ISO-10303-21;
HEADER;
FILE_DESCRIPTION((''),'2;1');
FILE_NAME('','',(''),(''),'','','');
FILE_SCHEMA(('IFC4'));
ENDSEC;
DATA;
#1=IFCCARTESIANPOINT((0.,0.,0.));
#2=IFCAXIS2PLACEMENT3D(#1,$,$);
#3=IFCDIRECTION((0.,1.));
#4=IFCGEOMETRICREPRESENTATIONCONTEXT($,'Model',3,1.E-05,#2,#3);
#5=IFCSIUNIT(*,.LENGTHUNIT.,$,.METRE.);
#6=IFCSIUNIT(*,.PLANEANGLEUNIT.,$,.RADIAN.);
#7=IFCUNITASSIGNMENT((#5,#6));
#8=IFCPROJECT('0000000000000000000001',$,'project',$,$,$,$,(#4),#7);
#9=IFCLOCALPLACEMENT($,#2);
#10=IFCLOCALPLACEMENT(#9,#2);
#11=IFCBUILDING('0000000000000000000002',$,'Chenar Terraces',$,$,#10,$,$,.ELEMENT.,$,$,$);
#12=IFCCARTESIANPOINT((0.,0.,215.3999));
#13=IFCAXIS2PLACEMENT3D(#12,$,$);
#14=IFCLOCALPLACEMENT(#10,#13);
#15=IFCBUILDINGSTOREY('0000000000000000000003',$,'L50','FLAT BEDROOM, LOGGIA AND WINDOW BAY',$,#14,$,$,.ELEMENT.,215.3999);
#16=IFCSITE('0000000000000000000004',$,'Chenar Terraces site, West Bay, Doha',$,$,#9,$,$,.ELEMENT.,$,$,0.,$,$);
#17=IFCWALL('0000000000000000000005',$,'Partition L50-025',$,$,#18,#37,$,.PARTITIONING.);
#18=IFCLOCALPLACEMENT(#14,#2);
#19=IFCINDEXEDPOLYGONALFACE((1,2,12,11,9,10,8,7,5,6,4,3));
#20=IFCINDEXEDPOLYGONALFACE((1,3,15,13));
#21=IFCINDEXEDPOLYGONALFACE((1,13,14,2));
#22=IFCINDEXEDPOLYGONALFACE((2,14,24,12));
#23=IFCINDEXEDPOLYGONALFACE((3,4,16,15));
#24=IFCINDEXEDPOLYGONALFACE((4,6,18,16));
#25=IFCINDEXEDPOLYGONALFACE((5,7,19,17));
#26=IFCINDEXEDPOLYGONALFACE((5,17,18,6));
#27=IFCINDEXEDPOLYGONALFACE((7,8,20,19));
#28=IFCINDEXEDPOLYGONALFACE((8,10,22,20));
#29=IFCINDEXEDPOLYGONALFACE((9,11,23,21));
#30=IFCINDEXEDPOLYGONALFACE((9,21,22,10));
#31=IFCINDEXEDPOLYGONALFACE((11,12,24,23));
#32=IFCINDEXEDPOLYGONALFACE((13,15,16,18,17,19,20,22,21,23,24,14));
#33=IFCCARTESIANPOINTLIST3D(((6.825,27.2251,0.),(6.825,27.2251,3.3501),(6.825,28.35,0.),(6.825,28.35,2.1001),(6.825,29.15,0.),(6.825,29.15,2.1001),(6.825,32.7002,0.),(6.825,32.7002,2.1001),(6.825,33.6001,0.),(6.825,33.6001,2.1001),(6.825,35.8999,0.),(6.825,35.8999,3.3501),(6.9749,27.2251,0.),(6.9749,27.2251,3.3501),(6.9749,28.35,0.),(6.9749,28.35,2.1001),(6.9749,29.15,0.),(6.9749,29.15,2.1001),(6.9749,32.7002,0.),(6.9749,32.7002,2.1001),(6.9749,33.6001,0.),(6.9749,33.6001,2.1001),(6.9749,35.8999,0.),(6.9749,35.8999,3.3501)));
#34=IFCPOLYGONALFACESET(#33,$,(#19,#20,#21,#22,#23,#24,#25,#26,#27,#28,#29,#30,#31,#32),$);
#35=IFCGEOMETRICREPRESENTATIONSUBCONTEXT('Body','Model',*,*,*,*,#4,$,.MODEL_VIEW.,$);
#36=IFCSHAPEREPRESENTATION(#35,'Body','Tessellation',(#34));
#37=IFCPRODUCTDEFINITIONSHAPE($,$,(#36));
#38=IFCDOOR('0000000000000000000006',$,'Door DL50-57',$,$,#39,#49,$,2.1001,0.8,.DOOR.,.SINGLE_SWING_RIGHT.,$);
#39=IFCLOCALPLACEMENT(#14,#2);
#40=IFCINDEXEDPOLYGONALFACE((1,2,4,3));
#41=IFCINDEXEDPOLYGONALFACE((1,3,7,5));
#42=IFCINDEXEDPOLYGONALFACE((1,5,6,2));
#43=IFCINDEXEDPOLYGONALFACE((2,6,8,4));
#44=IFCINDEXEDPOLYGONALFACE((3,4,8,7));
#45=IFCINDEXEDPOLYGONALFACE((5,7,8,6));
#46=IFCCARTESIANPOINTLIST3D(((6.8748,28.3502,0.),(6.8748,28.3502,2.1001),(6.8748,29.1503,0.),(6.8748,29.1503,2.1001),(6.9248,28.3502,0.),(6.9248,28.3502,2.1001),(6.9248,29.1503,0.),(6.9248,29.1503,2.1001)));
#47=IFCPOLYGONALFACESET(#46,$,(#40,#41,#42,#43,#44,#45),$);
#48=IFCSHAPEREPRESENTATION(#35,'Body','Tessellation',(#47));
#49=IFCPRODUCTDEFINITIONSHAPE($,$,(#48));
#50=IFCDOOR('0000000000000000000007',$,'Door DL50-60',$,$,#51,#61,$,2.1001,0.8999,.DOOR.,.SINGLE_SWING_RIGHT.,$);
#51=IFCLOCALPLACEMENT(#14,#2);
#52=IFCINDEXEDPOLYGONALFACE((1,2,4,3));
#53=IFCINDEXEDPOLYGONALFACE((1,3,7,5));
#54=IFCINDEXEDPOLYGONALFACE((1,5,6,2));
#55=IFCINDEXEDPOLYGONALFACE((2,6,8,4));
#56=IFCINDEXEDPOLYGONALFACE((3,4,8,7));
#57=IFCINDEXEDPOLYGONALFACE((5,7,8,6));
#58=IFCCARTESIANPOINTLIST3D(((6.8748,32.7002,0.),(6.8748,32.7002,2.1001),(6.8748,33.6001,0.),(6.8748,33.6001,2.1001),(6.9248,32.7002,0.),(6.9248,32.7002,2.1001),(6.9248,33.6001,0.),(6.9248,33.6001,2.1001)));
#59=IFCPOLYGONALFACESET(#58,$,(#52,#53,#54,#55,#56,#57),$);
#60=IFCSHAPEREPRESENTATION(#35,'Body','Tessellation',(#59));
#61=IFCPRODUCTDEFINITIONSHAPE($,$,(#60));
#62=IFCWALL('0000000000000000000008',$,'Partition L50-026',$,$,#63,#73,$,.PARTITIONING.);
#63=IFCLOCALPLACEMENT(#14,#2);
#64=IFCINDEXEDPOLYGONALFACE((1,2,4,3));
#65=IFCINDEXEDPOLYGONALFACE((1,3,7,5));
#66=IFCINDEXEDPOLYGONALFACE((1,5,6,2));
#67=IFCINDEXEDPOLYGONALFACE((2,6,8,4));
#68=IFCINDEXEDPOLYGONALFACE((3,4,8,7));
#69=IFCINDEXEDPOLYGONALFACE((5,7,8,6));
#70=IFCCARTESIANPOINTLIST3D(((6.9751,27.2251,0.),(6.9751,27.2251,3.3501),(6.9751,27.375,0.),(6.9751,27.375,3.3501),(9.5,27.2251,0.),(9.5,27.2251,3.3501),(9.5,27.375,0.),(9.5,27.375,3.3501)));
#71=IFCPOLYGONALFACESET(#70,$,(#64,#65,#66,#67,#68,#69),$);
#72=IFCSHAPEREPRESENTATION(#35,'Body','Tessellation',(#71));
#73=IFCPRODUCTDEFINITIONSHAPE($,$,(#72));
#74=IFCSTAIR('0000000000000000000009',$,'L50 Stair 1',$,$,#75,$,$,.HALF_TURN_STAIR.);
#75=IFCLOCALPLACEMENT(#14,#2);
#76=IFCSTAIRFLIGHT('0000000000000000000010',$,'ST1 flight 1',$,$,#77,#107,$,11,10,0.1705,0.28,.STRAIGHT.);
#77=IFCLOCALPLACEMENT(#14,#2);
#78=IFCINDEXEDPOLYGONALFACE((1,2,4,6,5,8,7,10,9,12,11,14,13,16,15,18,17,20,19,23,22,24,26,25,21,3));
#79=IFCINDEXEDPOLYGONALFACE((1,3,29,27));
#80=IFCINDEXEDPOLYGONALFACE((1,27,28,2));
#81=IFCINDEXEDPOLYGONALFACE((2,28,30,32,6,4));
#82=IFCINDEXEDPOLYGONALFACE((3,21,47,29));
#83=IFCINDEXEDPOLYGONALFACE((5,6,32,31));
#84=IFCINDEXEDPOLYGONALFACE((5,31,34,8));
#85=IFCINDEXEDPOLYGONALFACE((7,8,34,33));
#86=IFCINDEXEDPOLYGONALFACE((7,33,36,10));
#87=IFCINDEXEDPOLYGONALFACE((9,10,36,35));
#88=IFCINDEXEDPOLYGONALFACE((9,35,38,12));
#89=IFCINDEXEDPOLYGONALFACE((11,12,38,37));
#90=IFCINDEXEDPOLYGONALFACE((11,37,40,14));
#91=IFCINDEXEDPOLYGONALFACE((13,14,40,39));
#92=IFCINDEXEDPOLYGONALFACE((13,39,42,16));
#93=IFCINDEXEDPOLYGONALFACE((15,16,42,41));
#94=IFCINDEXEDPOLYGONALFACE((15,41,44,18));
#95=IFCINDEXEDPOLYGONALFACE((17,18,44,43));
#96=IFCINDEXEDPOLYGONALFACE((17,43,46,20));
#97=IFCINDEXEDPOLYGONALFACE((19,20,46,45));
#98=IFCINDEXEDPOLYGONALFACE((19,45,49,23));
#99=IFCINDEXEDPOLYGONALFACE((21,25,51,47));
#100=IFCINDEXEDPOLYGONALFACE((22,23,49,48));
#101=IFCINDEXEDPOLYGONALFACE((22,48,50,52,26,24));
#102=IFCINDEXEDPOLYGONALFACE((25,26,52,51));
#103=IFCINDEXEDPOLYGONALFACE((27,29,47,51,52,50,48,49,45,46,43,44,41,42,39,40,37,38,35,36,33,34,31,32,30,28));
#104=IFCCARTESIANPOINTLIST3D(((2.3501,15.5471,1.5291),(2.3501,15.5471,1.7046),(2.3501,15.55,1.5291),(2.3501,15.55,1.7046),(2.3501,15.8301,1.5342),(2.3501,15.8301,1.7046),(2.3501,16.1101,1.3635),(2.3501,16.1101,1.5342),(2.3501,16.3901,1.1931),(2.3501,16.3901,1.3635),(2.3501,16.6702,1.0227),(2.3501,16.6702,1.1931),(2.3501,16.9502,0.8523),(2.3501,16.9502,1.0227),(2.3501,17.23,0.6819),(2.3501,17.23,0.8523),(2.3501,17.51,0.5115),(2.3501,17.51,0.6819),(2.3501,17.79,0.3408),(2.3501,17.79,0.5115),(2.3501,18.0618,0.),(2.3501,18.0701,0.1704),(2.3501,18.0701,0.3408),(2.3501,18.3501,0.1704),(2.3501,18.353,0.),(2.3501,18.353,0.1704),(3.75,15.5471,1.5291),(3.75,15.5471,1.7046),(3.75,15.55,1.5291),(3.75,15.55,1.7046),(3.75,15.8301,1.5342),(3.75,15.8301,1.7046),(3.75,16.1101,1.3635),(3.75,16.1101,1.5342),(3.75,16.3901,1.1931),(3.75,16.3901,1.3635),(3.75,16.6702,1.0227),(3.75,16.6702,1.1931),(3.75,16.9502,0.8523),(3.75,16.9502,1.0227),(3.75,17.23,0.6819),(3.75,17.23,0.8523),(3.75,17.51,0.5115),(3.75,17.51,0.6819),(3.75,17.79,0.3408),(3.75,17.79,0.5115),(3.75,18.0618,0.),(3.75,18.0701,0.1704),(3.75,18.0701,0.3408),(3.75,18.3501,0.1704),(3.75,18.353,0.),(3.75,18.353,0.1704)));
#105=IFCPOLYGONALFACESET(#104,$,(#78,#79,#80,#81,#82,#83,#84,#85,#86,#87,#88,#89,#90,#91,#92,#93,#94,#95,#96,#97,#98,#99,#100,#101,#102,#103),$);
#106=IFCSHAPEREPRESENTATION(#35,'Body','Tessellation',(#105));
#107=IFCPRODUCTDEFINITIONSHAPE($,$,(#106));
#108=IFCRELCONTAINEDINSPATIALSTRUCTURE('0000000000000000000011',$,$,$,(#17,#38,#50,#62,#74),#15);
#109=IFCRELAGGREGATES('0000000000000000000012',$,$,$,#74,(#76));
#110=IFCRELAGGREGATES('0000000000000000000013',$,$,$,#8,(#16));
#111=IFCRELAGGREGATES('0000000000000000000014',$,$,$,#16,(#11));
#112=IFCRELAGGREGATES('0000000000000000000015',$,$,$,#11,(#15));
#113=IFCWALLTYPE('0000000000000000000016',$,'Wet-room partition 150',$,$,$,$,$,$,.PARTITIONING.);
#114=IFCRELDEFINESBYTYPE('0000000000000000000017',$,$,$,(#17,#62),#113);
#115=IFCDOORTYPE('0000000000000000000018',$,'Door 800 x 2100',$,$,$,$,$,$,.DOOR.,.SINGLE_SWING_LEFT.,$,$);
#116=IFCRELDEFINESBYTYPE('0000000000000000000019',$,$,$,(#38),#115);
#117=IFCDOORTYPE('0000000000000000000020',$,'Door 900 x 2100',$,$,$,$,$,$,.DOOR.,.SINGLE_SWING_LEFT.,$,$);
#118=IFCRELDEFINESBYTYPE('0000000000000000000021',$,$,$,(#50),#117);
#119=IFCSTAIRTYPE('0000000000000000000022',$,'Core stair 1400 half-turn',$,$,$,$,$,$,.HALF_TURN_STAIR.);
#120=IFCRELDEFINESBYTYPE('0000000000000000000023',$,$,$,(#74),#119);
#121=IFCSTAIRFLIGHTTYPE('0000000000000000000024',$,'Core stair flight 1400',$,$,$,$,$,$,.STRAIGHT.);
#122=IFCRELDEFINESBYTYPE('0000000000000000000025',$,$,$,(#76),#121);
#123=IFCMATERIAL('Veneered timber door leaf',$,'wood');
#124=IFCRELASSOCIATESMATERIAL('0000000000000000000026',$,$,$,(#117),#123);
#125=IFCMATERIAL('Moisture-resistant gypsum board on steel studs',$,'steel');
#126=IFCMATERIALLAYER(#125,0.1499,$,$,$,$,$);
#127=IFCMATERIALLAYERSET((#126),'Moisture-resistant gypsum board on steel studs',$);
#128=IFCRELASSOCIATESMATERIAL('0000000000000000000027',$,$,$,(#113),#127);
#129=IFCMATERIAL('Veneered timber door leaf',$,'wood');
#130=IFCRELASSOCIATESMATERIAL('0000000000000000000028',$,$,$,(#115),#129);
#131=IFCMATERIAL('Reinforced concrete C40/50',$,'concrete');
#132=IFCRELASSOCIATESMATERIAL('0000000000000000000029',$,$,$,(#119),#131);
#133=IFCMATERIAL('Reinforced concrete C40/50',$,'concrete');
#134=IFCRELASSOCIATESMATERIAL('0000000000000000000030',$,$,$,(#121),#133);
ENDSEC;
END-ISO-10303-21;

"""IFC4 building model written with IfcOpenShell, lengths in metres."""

from ifc_helpers import new_model, si_unit, direction, frame, frame_2d, origin, place, context, subcontext, project, spatial, polyline, rectangle, outline, extrude, material, layer, layer_set, type_object, element, fill, aggregate, save


model = new_model("IFC4")

# Units and contexts
model_context = context("Model", 3, precision=1e-05, world=origin(), true_north=direction((0.0, 1.0)))
body_context = subcontext(model_context, "Body", "Model", "MODEL_VIEW")
ifc_project = project(units=[si_unit("LENGTHUNIT", "METRE"), si_unit("PLANEANGLEUNIT", "RADIAN")], contexts=[model_context])

# Site, building, storey
site_placement = place(None, origin())
site = spatial("IfcSite", under=ifc_project, at=site_placement, Name="Chenar Terraces site, West Bay, Doha", CompositionType="ELEMENT", RefElevation=0.0)
building_placement = place(site_placement, origin())
building = spatial("IfcBuilding", under=site, at=building_placement, Name="Chenar Terraces", CompositionType="ELEMENT")
storey_placement = place(building_placement, frame((0.0, 0.0, 215.3999)))
storey = spatial("IfcBuildingStorey", under=building, at=storey_placement, Name="L50", Description="FLAT BEDROOM, LOGGIA AND WINDOW BAY", CompositionType="ELEMENT", Elevation=215.3999)

# Shared definitions
ifc_material_1 = material(Name="Veneered timber door leaf", Category="wood")
door_type_1 = type_object("IfcDoorType", Name="Door 900 x 2100", OperationType="SINGLE_SWING_LEFT", PredefinedType="DOOR", material=ifc_material_1)

# Wall, openings, doors
ifc_material_2 = material(Name="Moisture-resistant gypsum board on steel studs", Category="steel")
ifc_layer_1 = layer(ifc_material_2, 0.1499)
ifc_layer_set_1 = layer_set([ifc_layer_1], Name="Moisture-resistant gypsum board on steel studs")
wall_type_1 = type_object("IfcWallType", Name="Wet-room partition 150", PredefinedType="PARTITIONING", material=ifc_layer_set_1)
wall_1_placement = place(storey_placement, frame((6.8999, 27.2251, 0.0), z_axis=(0.0, 0.0, 1.0), x_axis=(0.0, 1.0, 0.0)))
wall_1 = element("IfcWall", 1, at=wall_1_placement, inside=storey, type_object=wall_type_1, Name="Partition L50-025", PredefinedType="PARTITIONING", context=body_context, shape_type="SweptSolid", body=[
    extrude(rectangle(XDim=8.6748, YDim=0.1499, at=frame_2d((4.3374, 0.0))), origin(), (0.0, 0.0, 1.0), 3.3501),
])
opening_1_placement = place(wall_1_placement, frame((1.125, 0.0, 0.0)))
opening_1 = element("IfcOpeningElement", 2, at=opening_1_placement, cuts=wall_1, PredefinedType="OPENING", context=body_context, shape_type="SweptSolid", body=[
    extrude(rectangle(XDim=0.8, YDim=2.1001, at=frame_2d((0.3999, 1.05))), frame((0.0, 0.085, 0.0), z_axis=(0.0, -1.0, 0.0), x_axis=(1.0, 0.0, 0.0)), (0.0, 0.0, 1.0), 0.1699),
])
opening_2_placement = place(wall_1_placement, frame((5.4751, 0.0, 0.0)))
opening_2 = element("IfcOpeningElement", 3, at=opening_2_placement, cuts=wall_1, PredefinedType="OPENING", context=body_context, shape_type="SweptSolid", body=[
    extrude(rectangle(XDim=0.8999, YDim=2.1001, at=frame_2d((0.45, 1.05))), frame((0.0, 0.085, 0.0), z_axis=(0.0, -1.0, 0.0), x_axis=(1.0, 0.0, 0.0)), (0.0, 0.0, 1.0), 0.1699),
])
ifc_material_3 = material(Name="Veneered timber door leaf", Category="wood")
door_type_2 = type_object("IfcDoorType", Name="Door 800 x 2100", OperationType="SINGLE_SWING_LEFT", PredefinedType="DOOR", material=ifc_material_3)
door_1_placement = place(opening_1_placement, frame((0.8, 0.0, 0.0), z_axis=(0.0, 0.0, 1.0), x_axis=(-1.0, 0.0, 0.0)))
door_1 = element("IfcDoor", 4, at=door_1_placement, inside=storey, type_object=door_type_2, Name="Door DL50-57", OperationType="SINGLE_SWING_RIGHT", OverallHeight=2.1001, OverallWidth=0.8, PredefinedType="DOOR", context=body_context, shape_type="SweptSolid", body=[
    extrude(rectangle(XDim=0.8, YDim=2.1001, at=frame_2d((0.3999, 1.05))), frame((0.0, 0.0249, 0.0), z_axis=(0.0, -1.0, 0.0), x_axis=(1.0, 0.0, 0.0)), (0.0, 0.0, 1.0), 0.05),
])
fill(opening_1, door_1)
door_2_placement = place(opening_2_placement, frame((0.8999, 0.0, 0.0), z_axis=(0.0, 0.0, 1.0), x_axis=(-1.0, 0.0, 0.0)))
door_2 = element("IfcDoor", 5, at=door_2_placement, inside=storey, type_object=door_type_1, Name="Door DL50-60", OperationType="SINGLE_SWING_RIGHT", OverallHeight=2.1001, OverallWidth=0.8999, PredefinedType="DOOR", context=body_context, shape_type="SweptSolid", body=[
    extrude(rectangle(XDim=0.8999, YDim=2.1001, at=frame_2d((0.45, 1.05))), frame((0.0, 0.0249, 0.0), z_axis=(0.0, -1.0, 0.0), x_axis=(1.0, 0.0, 0.0)), (0.0, 0.0, 1.0), 0.05),
])
fill(opening_2, door_2)

# Wall
wall_2_placement = place(storey_placement, frame((6.9751, 27.3, 0.0), z_axis=(0.0, 0.0, 1.0), x_axis=(1.0, 0.0, 0.0)))
element("IfcWall", 6, at=wall_2_placement, inside=storey, type_object=wall_type_1, Name="Partition L50-026", PredefinedType="PARTITIONING", context=body_context, shape_type="SweptSolid", body=[
    extrude(rectangle(XDim=2.5249, YDim=0.1499, at=frame_2d((1.2625, 0.0))), origin(), (0.0, 0.0, 1.0), 3.3501),
])

# Stair, stair flight
ifc_material_4 = material(Name="Reinforced concrete C40/50", Category="concrete")
stair_type = type_object("IfcStairType", Name="Core stair 1400 half-turn", PredefinedType="HALF_TURN_STAIR", material=ifc_material_4)
stair_placement = place(storey_placement, origin())
stair = element("IfcStair", 7, at=stair_placement, inside=storey, type_object=stair_type, Name="L50 Stair 1", PredefinedType="HALF_TURN_STAIR")
ifc_material_5 = material(Name="Reinforced concrete C40/50", Category="concrete")
stair_flight_type = type_object("IfcStairFlightType", Name="Core stair flight 1400", PredefinedType="STRAIGHT", material=ifc_material_5)
stair_flight_placement = place(storey_placement, frame((3.05, 18.3501, 0.0), z_axis=(0.0, 0.0, 1.0), x_axis=(0.0, -1.0, 0.0)))
stair_flight = element("IfcStairFlight", 8, at=stair_flight_placement, type_object=stair_flight_type, Name="ST1 flight 1", NumberOfRisers=11, NumberOfTreads=10, PredefinedType="STRAIGHT", RiserHeight=0.1705, TreadLength=0.28, context=body_context, shape_type="SweptSolid", body=[
    extrude(outline(polyline([(-0.0029, 0.0), (-0.0029, 0.1704), (0.0, 0.1704), (0.28, 0.1704), (0.28, 0.3408), (0.5601, 0.3408), (0.5601, 0.5115), (0.8401, 0.5115), (0.8401, 0.6819), (1.1201, 0.6819), (1.1201, 0.8523), (1.3999, 0.8523), (1.3999, 1.0227), (1.6799, 1.0227), (1.6799, 1.1931), (1.96, 1.1931), (1.96, 1.3635), (2.24, 1.3635), (2.24, 1.5342), (2.52, 1.5342), (2.52, 1.7046), (2.8, 1.7046), (2.803, 1.7046), (2.803, 1.5291), (2.8, 1.5291), (0.2883, 0.0), (-0.0029, 0.0)])), frame((0.0, 0.7, 0.0), z_axis=(0.0, -1.0, 0.0), x_axis=(1.0, 0.0, 0.0)), (0.0, 0.0, 1.0), 1.3999),
])
aggregate(stair, [stair_flight])

save(model, "model.ifc")
